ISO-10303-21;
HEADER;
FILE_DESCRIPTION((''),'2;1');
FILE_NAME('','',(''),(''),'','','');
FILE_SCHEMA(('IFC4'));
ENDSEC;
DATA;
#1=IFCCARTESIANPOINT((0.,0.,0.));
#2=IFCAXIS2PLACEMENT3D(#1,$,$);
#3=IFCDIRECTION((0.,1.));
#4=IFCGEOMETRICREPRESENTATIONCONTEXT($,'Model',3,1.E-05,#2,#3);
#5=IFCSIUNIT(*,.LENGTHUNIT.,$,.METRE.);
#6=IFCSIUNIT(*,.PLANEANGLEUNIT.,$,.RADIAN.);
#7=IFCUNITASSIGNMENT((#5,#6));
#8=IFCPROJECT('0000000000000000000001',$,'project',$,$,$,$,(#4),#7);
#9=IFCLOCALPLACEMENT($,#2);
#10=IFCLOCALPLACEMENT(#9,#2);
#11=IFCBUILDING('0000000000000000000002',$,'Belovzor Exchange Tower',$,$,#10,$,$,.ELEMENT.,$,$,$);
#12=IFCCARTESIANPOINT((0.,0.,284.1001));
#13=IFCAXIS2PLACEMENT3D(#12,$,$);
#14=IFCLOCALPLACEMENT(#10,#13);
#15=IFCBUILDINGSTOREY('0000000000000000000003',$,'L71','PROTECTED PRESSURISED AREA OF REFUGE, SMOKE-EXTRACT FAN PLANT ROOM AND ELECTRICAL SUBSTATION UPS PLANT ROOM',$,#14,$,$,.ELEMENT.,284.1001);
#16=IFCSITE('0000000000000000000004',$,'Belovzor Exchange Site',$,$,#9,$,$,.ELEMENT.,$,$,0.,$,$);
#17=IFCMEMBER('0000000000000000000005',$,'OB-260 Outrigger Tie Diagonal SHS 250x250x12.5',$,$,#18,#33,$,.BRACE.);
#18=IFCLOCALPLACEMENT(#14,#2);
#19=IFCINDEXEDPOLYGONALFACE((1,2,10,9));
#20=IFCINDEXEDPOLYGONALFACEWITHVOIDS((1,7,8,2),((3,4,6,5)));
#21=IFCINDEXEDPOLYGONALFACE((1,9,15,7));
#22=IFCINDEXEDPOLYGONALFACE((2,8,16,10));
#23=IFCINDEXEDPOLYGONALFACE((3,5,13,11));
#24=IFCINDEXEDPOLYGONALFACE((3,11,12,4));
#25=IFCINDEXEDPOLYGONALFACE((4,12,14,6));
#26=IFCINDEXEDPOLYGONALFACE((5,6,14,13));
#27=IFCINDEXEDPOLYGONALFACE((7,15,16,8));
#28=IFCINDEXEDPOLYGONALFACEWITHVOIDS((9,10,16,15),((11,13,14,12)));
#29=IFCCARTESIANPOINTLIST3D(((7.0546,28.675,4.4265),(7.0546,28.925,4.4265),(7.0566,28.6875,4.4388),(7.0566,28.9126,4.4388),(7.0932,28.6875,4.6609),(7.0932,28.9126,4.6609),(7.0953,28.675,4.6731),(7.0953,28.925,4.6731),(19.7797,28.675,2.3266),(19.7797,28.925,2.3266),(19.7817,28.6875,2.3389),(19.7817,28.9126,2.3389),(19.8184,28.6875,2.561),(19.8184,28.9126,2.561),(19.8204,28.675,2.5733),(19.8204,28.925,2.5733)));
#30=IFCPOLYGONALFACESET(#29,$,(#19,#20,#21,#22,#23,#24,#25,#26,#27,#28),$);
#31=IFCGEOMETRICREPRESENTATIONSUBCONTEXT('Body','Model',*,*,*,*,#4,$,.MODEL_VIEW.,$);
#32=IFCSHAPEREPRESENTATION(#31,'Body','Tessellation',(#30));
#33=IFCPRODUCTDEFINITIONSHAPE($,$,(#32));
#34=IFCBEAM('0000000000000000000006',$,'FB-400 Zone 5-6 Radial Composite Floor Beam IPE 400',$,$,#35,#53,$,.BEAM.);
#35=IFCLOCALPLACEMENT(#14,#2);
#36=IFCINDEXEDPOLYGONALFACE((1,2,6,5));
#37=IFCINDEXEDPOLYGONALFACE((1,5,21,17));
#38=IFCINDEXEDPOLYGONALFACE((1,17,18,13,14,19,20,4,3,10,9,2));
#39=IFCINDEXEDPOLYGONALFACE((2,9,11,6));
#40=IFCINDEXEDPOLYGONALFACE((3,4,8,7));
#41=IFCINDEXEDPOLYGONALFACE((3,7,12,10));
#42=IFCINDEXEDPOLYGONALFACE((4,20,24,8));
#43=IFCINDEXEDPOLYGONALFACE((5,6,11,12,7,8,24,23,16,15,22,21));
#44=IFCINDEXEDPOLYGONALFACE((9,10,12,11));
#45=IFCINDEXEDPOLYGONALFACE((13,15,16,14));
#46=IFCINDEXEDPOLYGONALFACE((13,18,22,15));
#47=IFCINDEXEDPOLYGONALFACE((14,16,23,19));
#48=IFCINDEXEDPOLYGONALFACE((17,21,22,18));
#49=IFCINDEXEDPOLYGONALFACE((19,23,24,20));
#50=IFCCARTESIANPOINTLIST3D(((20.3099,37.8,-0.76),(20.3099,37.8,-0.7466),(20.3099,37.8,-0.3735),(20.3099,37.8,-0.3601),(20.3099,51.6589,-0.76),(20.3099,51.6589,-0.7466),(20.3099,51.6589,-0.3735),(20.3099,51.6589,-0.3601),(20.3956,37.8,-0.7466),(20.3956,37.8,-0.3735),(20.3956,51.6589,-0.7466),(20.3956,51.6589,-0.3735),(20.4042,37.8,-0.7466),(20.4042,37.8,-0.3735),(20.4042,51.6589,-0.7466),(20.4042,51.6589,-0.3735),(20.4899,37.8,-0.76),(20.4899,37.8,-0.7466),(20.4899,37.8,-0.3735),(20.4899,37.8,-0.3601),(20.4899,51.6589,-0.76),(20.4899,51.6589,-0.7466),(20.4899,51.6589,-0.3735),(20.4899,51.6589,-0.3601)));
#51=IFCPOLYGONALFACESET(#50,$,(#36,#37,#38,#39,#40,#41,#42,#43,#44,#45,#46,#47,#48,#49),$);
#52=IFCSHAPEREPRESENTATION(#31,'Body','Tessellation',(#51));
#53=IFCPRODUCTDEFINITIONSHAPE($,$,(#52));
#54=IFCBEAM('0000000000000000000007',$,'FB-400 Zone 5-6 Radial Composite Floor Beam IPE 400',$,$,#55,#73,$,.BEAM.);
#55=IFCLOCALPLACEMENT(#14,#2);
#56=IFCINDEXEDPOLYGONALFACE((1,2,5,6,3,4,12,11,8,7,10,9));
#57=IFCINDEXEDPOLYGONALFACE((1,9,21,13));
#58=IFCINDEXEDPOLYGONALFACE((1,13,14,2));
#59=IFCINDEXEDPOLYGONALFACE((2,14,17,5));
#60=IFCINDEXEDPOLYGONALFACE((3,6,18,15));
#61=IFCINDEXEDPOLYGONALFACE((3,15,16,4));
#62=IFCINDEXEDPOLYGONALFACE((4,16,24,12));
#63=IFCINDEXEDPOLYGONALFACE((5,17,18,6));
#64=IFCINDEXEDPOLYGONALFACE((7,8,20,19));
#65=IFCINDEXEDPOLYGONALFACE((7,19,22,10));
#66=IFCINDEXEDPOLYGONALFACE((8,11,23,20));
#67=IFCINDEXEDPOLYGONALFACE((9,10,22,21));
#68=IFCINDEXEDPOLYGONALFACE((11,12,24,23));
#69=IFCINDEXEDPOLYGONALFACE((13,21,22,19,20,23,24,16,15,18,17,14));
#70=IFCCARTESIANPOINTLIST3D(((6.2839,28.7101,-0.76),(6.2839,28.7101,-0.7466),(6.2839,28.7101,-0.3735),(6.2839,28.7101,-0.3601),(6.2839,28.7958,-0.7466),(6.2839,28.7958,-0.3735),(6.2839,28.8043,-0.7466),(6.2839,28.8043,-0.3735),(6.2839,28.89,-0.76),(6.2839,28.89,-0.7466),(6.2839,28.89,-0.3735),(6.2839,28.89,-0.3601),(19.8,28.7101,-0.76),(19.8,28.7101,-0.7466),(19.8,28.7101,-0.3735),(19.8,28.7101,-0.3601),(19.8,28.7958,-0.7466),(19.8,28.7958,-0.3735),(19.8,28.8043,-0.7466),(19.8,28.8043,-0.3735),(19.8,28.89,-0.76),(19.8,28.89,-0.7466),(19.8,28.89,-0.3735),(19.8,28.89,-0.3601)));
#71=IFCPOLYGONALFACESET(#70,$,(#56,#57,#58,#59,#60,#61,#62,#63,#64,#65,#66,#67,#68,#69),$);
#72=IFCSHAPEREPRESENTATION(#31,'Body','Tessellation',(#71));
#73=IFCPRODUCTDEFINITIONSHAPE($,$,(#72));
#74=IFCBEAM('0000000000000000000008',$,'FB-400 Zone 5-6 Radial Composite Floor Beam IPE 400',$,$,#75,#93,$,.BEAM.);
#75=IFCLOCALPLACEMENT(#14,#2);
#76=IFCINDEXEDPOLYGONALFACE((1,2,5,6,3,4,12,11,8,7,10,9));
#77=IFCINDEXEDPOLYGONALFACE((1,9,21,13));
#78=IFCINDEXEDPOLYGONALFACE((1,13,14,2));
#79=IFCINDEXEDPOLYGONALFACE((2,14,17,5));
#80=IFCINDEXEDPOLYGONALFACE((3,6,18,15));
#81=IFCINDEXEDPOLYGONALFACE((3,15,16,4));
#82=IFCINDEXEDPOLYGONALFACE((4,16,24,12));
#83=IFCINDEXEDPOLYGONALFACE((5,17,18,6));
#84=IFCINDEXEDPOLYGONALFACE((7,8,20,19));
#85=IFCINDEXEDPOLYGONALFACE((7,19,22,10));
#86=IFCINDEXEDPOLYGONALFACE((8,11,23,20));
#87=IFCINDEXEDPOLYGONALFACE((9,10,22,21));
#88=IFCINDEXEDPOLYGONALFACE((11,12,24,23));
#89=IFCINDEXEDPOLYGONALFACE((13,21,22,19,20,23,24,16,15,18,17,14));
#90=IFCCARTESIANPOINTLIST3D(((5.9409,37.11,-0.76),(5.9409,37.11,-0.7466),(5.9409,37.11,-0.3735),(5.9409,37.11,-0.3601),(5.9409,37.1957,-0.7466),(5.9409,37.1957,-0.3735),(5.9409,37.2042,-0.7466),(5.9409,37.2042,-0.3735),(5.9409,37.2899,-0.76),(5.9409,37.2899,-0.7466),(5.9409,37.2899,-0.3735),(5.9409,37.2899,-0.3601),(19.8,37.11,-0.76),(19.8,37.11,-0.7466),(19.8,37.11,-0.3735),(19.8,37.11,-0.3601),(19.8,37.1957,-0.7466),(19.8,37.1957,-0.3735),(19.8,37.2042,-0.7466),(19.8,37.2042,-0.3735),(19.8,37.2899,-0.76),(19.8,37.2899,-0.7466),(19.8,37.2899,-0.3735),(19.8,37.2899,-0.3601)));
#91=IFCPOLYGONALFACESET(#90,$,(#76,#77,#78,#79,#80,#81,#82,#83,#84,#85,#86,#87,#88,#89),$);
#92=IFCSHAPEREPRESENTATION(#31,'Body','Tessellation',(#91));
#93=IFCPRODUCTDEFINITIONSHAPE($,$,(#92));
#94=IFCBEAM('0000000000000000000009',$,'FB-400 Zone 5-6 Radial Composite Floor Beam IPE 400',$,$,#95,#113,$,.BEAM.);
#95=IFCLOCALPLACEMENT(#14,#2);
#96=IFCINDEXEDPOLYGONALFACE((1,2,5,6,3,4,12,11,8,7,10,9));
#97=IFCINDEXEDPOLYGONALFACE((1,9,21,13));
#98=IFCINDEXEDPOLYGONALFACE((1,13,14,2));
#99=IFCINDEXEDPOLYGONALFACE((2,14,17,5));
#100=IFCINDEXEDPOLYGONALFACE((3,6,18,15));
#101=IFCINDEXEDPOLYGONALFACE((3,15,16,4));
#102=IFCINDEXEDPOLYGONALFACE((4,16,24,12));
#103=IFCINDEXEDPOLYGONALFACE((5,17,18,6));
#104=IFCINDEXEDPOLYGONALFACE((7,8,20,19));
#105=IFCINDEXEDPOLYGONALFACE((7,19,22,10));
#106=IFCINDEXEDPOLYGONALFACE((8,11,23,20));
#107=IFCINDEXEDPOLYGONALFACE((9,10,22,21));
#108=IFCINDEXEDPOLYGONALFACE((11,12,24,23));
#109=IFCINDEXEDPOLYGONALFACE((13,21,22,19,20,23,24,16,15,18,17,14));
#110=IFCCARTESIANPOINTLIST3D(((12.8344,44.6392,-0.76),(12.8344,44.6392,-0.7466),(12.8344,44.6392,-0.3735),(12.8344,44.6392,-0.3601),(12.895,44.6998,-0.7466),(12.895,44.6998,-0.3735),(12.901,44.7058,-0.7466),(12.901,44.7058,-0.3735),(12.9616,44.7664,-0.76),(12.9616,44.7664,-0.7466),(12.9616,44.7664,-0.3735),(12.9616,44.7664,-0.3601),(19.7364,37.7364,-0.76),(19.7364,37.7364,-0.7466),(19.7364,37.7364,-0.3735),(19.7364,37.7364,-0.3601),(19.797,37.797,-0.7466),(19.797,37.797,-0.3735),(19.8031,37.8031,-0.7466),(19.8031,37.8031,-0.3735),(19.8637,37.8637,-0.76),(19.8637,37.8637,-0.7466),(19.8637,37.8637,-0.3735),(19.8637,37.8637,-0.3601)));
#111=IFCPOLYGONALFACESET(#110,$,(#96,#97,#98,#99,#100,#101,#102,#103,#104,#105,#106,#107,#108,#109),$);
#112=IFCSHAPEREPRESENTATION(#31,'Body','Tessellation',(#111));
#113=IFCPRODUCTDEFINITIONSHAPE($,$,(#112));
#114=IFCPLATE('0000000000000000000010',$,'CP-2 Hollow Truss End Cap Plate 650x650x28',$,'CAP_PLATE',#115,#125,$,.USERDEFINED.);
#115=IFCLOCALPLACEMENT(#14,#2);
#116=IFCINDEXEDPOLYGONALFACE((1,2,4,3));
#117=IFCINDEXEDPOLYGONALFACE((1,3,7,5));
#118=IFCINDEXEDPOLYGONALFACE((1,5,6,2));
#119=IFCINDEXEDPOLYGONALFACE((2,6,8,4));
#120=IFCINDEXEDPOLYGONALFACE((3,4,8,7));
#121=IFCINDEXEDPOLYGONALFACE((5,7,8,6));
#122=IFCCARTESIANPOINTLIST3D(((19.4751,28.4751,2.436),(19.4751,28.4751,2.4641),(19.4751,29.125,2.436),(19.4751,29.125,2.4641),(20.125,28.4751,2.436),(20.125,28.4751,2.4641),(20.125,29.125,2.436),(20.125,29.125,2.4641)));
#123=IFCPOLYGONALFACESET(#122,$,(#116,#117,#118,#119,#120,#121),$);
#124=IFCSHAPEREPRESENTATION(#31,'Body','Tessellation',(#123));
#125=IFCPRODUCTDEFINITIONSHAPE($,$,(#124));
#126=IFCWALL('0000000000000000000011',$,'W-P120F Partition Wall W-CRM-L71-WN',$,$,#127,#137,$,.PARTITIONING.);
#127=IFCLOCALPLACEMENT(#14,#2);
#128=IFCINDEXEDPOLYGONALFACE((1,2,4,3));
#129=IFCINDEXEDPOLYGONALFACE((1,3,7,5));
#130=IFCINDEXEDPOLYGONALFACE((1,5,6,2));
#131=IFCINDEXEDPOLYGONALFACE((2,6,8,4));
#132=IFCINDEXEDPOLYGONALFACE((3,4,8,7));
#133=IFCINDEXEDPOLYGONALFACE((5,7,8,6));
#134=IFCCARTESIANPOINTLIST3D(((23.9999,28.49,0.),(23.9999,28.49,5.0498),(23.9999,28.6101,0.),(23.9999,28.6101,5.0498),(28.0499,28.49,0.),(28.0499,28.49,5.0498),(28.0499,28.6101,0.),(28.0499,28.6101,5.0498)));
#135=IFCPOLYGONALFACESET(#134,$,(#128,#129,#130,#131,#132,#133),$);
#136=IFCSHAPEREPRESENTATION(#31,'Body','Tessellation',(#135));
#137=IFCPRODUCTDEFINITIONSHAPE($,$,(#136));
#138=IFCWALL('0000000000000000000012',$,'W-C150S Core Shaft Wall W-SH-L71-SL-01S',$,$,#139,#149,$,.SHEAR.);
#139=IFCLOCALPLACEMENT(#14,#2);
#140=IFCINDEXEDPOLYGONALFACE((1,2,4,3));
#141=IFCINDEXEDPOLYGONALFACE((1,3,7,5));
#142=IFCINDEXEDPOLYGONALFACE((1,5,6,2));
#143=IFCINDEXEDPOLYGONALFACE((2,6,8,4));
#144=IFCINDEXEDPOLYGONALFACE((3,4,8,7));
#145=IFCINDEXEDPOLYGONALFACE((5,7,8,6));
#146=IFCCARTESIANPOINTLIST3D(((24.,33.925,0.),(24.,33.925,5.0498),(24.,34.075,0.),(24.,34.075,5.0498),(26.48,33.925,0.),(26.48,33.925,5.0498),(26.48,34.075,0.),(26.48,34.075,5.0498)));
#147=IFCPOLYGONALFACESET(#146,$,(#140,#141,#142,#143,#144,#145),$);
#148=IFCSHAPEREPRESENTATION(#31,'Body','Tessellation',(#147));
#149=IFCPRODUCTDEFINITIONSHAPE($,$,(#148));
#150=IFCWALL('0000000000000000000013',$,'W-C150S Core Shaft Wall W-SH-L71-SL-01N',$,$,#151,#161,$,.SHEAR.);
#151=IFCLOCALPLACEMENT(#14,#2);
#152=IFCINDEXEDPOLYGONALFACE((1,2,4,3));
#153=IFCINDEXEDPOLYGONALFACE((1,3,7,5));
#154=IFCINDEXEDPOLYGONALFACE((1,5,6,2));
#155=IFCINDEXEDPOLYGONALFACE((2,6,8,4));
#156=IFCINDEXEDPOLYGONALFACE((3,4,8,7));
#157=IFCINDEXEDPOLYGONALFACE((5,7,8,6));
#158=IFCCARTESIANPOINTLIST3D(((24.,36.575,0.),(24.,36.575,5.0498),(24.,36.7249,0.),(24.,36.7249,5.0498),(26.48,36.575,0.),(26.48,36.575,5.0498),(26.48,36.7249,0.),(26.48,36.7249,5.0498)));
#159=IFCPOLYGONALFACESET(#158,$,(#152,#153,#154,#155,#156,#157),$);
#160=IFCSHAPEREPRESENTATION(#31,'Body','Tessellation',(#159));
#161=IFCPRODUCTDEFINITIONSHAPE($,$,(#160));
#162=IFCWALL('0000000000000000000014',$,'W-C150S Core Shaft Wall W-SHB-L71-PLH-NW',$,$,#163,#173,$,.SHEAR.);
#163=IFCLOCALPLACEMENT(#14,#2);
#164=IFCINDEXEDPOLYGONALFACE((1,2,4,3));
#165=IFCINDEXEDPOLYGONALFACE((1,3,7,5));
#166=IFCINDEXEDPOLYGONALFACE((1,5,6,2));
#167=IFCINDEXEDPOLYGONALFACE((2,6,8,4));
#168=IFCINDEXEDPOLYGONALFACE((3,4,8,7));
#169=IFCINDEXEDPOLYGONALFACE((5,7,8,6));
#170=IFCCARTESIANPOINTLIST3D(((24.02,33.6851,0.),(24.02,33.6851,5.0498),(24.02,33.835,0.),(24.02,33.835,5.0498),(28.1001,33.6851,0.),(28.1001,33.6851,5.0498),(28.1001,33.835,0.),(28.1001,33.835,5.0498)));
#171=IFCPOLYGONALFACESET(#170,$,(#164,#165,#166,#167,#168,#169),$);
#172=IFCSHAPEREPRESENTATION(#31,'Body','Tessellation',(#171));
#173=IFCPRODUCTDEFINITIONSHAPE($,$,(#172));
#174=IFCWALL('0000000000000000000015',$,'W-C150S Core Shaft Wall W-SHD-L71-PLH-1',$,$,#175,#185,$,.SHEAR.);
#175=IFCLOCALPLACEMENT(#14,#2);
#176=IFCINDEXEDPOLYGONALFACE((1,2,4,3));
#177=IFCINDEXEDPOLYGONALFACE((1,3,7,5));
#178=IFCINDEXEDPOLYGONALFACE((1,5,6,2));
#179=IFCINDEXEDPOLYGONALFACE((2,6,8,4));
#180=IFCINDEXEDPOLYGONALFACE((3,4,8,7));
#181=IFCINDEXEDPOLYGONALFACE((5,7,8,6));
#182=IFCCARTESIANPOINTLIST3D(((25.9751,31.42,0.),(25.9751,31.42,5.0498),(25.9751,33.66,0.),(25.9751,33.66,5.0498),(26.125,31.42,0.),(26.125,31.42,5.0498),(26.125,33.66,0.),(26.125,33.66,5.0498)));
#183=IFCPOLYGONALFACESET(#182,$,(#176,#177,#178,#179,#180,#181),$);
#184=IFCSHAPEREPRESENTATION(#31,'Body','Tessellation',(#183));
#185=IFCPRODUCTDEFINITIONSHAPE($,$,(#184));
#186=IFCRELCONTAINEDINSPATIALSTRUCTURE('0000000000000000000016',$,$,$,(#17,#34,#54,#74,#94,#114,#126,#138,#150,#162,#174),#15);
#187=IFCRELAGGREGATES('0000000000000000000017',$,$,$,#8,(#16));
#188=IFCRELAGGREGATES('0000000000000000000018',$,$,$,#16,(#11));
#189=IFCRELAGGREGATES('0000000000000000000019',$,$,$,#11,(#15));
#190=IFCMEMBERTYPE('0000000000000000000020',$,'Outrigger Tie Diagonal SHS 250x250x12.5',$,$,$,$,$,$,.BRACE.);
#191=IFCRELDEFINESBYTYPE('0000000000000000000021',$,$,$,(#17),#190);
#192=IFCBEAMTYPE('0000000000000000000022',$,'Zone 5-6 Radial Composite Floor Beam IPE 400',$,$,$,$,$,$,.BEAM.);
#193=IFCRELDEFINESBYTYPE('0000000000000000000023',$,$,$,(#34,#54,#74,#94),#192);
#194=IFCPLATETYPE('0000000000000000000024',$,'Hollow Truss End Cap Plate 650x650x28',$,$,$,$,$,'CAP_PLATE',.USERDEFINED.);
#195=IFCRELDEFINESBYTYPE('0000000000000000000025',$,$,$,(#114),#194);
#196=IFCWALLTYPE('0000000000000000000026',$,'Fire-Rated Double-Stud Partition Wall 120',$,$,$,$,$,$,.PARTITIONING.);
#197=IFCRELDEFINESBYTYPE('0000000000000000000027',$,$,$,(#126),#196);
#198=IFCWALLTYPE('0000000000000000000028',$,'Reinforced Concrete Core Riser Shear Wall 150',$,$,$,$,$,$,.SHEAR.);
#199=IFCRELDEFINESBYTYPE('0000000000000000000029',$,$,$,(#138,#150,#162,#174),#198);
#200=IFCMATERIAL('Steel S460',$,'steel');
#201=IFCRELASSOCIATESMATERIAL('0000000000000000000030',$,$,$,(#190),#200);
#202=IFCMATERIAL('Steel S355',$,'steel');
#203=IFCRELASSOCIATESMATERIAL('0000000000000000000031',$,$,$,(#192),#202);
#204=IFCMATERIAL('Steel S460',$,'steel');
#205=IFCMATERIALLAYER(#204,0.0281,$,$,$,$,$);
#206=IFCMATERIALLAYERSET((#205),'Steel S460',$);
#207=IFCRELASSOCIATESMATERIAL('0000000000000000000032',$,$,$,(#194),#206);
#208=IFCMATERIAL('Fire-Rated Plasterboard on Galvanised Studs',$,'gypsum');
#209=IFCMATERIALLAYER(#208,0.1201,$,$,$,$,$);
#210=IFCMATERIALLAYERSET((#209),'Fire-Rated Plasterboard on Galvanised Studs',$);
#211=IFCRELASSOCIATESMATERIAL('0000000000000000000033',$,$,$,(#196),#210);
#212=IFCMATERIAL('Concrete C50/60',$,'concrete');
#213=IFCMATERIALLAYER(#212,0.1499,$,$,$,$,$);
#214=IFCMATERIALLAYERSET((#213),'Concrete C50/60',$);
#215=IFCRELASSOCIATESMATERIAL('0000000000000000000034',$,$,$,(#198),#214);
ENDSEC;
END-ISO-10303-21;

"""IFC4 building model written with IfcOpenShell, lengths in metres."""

from ifc_helpers import new_model, si_unit, direction, frame, frame_2d, origin, origin_2d, place, context, subcontext, project, spatial, rectangle, hollow_rectangle, i_section, extrude, material, layer, layer_set, material_profile, profile_set, type_object, element, save


model = new_model("IFC4")

# Units and contexts
model_context = context("Model", 3, precision=1e-05, world=origin(), true_north=direction((0.0, 1.0)))
body_context = subcontext(model_context, "Body", "Model", "MODEL_VIEW")
ifc_project = project(units=[si_unit("LENGTHUNIT", "METRE"), si_unit("PLANEANGLEUNIT", "RADIAN")], contexts=[model_context])

# Site, building, storey
site_placement = place(None, origin())
site = spatial("IfcSite", under=ifc_project, at=site_placement, Name="Belovzor Exchange Site", CompositionType="ELEMENT", RefElevation=0.0)
building_placement = place(site_placement, origin())
building = spatial("IfcBuilding", under=site, at=building_placement, Name="Belovzor Exchange Tower", CompositionType="ELEMENT")
storey_placement = place(building_placement, frame((0.0, 0.0, 284.1001)))
storey = spatial("IfcBuildingStorey", under=building, at=storey_placement, Name="L71", Description="PROTECTED PRESSURISED AREA OF REFUGE, SMOKE-EXTRACT FAN PLANT ROOM AND ELECTRICAL SUBSTATION UPS PLANT ROOM", CompositionType="ELEMENT", Elevation=284.1001)

# Member
ifc_material_1 = material(Name="Steel S460", Category="steel")
ifc_material_profile_1 = material_profile(ifc_material_1, hollow_rectangle(XDim=0.25, YDim=0.25, WallThickness=0.0125, at=origin_2d()))
ifc_profile_set_1 = profile_set([ifc_material_profile_1], Name="Steel S460")
member_type = type_object("IfcMemberType", Name="Outrigger Tie Diagonal SHS 250x250x12.5", PredefinedType="BRACE", material=ifc_profile_set_1)
member_placement = place(storey_placement, frame((19.8, 28.8, 2.45), z_axis=(-0.986657, 0.0, 0.162815), x_axis=(0.0, -1.0, 0.0)))
element("IfcMember", 1, at=member_placement, inside=storey, type_object=member_type, Name="OB-260 Outrigger Tie Diagonal SHS 250x250x12.5", PredefinedType="BRACE", context=body_context, shape_type="SweptSolid", body=[
    extrude(hollow_rectangle(XDim=0.25, YDim=0.25, WallThickness=0.0125, at=origin_2d()), origin(), (0.0, 0.0, 1.0), 12.8972),
])

# Beams
ifc_material_2 = material(Name="Steel S355", Category="steel")
ifc_material_profile_2 = material_profile(ifc_material_2, i_section(OverallWidth=0.1799, OverallDepth=0.3999, WebThickness=0.0085, FlangeThickness=0.0134, at=origin_2d()))
ifc_profile_set_2 = profile_set([ifc_material_profile_2], Name="Steel S355")
beam_type = type_object("IfcBeamType", Name="Zone 5-6 Radial Composite Floor Beam IPE 400", PredefinedType="BEAM", material=ifc_profile_set_2)
beam_1_placement = place(storey_placement, frame((20.3999, 37.8, -0.5601), z_axis=(0.0, 1.0, 0.0), x_axis=(-1.0, 0.0, 0.0)))
element("IfcBeam", 2, at=beam_1_placement, inside=storey, type_object=beam_type, Name="FB-400 Zone 5-6 Radial Composite Floor Beam IPE 400", PredefinedType="BEAM", context=body_context, shape_type="SweptSolid", body=[
    extrude(i_section(OverallWidth=0.1799, OverallDepth=0.3999, WebThickness=0.0085, FlangeThickness=0.0134, at=origin_2d()), origin(), (0.0, 0.0, 1.0), 13.8589),
])
beam_2_placement = place(storey_placement, frame((19.8, 28.8, -0.5601), z_axis=(-1.0, 0.0, 0.0), x_axis=(0.0, -1.0, 0.0)))
element("IfcBeam", 3, at=beam_2_placement, inside=storey, type_object=beam_type, Name="FB-400 Zone 5-6 Radial Composite Floor Beam IPE 400", PredefinedType="BEAM", context=body_context, shape_type="SweptSolid", body=[
    extrude(i_section(OverallWidth=0.1799, OverallDepth=0.3999, WebThickness=0.0085, FlangeThickness=0.0134, at=origin_2d()), origin(), (0.0, 0.0, 1.0), 13.5161),
])
beam_3_placement = place(storey_placement, frame((19.8, 37.2, -0.5601), z_axis=(-1.0, 0.0, 0.0), x_axis=(0.0, -1.0, 0.0)))
element("IfcBeam", 4, at=beam_3_placement, inside=storey, type_object=beam_type, Name="FB-400 Zone 5-6 Radial Composite Floor Beam IPE 400", PredefinedType="BEAM", context=body_context, shape_type="SweptSolid", body=[
    extrude(i_section(OverallWidth=0.1799, OverallDepth=0.3999, WebThickness=0.0085, FlangeThickness=0.0134, at=origin_2d()), origin(), (0.0, 0.0, 1.0), 13.8591),
])
beam_4_placement = place(storey_placement, frame((19.8, 37.8, -0.5601), z_axis=(-0.707069, 0.707144, 0.0), x_axis=(-0.707144, -0.707069, 0.0)))
element("IfcBeam", 5, at=beam_4_placement, inside=storey, type_object=beam_type, Name="FB-400 Zone 5-6 Radial Composite Floor Beam IPE 400", PredefinedType="BEAM", context=body_context, shape_type="SweptSolid", body=[
    extrude(i_section(OverallWidth=0.1799, OverallDepth=0.3999, WebThickness=0.0085, FlangeThickness=0.0134, at=origin_2d()), origin(), (0.0, 0.0, 1.0), 9.7615),
])

# Plate
ifc_material_3 = material(Name="Steel S460", Category="steel")
ifc_layer_1 = layer(ifc_material_3, 0.0281)
ifc_layer_set_1 = layer_set([ifc_layer_1], Name="Steel S460")
plate_type = type_object("IfcPlateType", Name="Hollow Truss End Cap Plate 650x650x28", ElementType="CAP_PLATE", PredefinedType="USERDEFINED", material=ifc_layer_set_1)
plate_placement = place(storey_placement, frame((19.8, 28.8, 2.436), z_axis=(0.0, 0.0, 1.0), x_axis=(1.0, 0.0, 0.0)))
element("IfcPlate", 6, at=plate_placement, inside=storey, type_object=plate_type, Name="CP-2 Hollow Truss End Cap Plate 650x650x28", ObjectType="CAP_PLATE", PredefinedType="USERDEFINED", context=body_context, shape_type="SweptSolid", body=[
    extrude(rectangle(XDim=0.6499, YDim=0.6499, at=origin_2d()), origin(), (0.0, 0.0, 1.0), 0.0281),
])

# Walls
ifc_material_4 = material(Name="Fire-Rated Plasterboard on Galvanised Studs", Category="gypsum")
ifc_layer_2 = layer(ifc_material_4, 0.1201)
ifc_layer_set_2 = layer_set([ifc_layer_2], Name="Fire-Rated Plasterboard on Galvanised Studs")
wall_type_1 = type_object("IfcWallType", Name="Fire-Rated Double-Stud Partition Wall 120", PredefinedType="PARTITIONING", material=ifc_layer_set_2)
wall_1_placement = place(storey_placement, frame((24.0, 28.55, 0.0), z_axis=(0.0, 0.0, 1.0), x_axis=(1.0, 0.0, 0.0)))
element("IfcWall", 7, at=wall_1_placement, inside=storey, type_object=wall_type_1, Name="W-P120F Partition Wall W-CRM-L71-WN", PredefinedType="PARTITIONING", context=body_context, shape_type="SweptSolid", body=[
    extrude(rectangle(XDim=4.05, YDim=0.1201, at=frame_2d((2.0249, 0.0))), origin(), (0.0, 0.0, 1.0), 5.0498),
])
ifc_material_5 = material(Name="Concrete C50/60", Category="concrete")
ifc_layer_3 = layer(ifc_material_5, 0.1499)
ifc_layer_set_3 = layer_set([ifc_layer_3], Name="Concrete C50/60")
wall_type_2 = type_object("IfcWallType", Name="Reinforced Concrete Core Riser Shear Wall 150", PredefinedType="SHEAR", material=ifc_layer_set_3)
for number, where, z_axis, x_axis, name in (
    (8, (24.0, 34.0, 0.0), (0.0, 0.0, 1.0), (1.0, 0.0, 0.0), "W-C150S Core Shaft Wall W-SH-L71-SL-01S"),
    (9, (24.0, 36.6499, 0.0), (0.0, 0.0, 1.0), (1.0, 0.0, 0.0), "W-C150S Core Shaft Wall W-SH-L71-SL-01N"),
):
    element("IfcWall", number, at=place(storey_placement, frame(where, z_axis=z_axis, x_axis=x_axis)), inside=storey, type_object=wall_type_2, Name=name, PredefinedType="SHEAR", context=body_context, shape_type="SweptSolid", body=[
        extrude(rectangle(XDim=2.48, YDim=0.1499, at=frame_2d((1.24, 0.0))), origin(), (0.0, 0.0, 1.0), 5.0498),
    ])
wall_2_placement = place(storey_placement, frame((24.02, 33.76, 0.0), z_axis=(0.0, 0.0, 1.0), x_axis=(1.0, 0.0, 0.0)))
element("IfcWall", 10, at=wall_2_placement, inside=storey, type_object=wall_type_2, Name="W-C150S Core Shaft Wall W-SHB-L71-PLH-NW", PredefinedType="SHEAR", context=body_context, shape_type="SweptSolid", body=[
    extrude(rectangle(XDim=4.0801, YDim=0.1499, at=frame_2d((2.04, 0.0))), origin(), (0.0, 0.0, 1.0), 5.0498),
])
for number, where, z_axis, x_axis, name in (
    (11, (26.05, 31.4199, 0.0), (0.0, 0.0, 1.0), (0.0, 1.0, 0.0), "W-C150S Core Shaft Wall W-SHD-L71-PLH-1"),
):
    element("IfcWall", number, at=place(storey_placement, frame(where, z_axis=z_axis, x_axis=x_axis)), inside=storey, type_object=wall_type_2, Name=name, PredefinedType="SHEAR", context=body_context, shape_type="SweptSolid", body=[
        extrude(rectangle(XDim=2.24, YDim=0.1499, at=frame_2d((1.1201, 0.0))), origin(), (0.0, 0.0, 1.0), 5.0498),
    ])

save(model, "model.ifc")
